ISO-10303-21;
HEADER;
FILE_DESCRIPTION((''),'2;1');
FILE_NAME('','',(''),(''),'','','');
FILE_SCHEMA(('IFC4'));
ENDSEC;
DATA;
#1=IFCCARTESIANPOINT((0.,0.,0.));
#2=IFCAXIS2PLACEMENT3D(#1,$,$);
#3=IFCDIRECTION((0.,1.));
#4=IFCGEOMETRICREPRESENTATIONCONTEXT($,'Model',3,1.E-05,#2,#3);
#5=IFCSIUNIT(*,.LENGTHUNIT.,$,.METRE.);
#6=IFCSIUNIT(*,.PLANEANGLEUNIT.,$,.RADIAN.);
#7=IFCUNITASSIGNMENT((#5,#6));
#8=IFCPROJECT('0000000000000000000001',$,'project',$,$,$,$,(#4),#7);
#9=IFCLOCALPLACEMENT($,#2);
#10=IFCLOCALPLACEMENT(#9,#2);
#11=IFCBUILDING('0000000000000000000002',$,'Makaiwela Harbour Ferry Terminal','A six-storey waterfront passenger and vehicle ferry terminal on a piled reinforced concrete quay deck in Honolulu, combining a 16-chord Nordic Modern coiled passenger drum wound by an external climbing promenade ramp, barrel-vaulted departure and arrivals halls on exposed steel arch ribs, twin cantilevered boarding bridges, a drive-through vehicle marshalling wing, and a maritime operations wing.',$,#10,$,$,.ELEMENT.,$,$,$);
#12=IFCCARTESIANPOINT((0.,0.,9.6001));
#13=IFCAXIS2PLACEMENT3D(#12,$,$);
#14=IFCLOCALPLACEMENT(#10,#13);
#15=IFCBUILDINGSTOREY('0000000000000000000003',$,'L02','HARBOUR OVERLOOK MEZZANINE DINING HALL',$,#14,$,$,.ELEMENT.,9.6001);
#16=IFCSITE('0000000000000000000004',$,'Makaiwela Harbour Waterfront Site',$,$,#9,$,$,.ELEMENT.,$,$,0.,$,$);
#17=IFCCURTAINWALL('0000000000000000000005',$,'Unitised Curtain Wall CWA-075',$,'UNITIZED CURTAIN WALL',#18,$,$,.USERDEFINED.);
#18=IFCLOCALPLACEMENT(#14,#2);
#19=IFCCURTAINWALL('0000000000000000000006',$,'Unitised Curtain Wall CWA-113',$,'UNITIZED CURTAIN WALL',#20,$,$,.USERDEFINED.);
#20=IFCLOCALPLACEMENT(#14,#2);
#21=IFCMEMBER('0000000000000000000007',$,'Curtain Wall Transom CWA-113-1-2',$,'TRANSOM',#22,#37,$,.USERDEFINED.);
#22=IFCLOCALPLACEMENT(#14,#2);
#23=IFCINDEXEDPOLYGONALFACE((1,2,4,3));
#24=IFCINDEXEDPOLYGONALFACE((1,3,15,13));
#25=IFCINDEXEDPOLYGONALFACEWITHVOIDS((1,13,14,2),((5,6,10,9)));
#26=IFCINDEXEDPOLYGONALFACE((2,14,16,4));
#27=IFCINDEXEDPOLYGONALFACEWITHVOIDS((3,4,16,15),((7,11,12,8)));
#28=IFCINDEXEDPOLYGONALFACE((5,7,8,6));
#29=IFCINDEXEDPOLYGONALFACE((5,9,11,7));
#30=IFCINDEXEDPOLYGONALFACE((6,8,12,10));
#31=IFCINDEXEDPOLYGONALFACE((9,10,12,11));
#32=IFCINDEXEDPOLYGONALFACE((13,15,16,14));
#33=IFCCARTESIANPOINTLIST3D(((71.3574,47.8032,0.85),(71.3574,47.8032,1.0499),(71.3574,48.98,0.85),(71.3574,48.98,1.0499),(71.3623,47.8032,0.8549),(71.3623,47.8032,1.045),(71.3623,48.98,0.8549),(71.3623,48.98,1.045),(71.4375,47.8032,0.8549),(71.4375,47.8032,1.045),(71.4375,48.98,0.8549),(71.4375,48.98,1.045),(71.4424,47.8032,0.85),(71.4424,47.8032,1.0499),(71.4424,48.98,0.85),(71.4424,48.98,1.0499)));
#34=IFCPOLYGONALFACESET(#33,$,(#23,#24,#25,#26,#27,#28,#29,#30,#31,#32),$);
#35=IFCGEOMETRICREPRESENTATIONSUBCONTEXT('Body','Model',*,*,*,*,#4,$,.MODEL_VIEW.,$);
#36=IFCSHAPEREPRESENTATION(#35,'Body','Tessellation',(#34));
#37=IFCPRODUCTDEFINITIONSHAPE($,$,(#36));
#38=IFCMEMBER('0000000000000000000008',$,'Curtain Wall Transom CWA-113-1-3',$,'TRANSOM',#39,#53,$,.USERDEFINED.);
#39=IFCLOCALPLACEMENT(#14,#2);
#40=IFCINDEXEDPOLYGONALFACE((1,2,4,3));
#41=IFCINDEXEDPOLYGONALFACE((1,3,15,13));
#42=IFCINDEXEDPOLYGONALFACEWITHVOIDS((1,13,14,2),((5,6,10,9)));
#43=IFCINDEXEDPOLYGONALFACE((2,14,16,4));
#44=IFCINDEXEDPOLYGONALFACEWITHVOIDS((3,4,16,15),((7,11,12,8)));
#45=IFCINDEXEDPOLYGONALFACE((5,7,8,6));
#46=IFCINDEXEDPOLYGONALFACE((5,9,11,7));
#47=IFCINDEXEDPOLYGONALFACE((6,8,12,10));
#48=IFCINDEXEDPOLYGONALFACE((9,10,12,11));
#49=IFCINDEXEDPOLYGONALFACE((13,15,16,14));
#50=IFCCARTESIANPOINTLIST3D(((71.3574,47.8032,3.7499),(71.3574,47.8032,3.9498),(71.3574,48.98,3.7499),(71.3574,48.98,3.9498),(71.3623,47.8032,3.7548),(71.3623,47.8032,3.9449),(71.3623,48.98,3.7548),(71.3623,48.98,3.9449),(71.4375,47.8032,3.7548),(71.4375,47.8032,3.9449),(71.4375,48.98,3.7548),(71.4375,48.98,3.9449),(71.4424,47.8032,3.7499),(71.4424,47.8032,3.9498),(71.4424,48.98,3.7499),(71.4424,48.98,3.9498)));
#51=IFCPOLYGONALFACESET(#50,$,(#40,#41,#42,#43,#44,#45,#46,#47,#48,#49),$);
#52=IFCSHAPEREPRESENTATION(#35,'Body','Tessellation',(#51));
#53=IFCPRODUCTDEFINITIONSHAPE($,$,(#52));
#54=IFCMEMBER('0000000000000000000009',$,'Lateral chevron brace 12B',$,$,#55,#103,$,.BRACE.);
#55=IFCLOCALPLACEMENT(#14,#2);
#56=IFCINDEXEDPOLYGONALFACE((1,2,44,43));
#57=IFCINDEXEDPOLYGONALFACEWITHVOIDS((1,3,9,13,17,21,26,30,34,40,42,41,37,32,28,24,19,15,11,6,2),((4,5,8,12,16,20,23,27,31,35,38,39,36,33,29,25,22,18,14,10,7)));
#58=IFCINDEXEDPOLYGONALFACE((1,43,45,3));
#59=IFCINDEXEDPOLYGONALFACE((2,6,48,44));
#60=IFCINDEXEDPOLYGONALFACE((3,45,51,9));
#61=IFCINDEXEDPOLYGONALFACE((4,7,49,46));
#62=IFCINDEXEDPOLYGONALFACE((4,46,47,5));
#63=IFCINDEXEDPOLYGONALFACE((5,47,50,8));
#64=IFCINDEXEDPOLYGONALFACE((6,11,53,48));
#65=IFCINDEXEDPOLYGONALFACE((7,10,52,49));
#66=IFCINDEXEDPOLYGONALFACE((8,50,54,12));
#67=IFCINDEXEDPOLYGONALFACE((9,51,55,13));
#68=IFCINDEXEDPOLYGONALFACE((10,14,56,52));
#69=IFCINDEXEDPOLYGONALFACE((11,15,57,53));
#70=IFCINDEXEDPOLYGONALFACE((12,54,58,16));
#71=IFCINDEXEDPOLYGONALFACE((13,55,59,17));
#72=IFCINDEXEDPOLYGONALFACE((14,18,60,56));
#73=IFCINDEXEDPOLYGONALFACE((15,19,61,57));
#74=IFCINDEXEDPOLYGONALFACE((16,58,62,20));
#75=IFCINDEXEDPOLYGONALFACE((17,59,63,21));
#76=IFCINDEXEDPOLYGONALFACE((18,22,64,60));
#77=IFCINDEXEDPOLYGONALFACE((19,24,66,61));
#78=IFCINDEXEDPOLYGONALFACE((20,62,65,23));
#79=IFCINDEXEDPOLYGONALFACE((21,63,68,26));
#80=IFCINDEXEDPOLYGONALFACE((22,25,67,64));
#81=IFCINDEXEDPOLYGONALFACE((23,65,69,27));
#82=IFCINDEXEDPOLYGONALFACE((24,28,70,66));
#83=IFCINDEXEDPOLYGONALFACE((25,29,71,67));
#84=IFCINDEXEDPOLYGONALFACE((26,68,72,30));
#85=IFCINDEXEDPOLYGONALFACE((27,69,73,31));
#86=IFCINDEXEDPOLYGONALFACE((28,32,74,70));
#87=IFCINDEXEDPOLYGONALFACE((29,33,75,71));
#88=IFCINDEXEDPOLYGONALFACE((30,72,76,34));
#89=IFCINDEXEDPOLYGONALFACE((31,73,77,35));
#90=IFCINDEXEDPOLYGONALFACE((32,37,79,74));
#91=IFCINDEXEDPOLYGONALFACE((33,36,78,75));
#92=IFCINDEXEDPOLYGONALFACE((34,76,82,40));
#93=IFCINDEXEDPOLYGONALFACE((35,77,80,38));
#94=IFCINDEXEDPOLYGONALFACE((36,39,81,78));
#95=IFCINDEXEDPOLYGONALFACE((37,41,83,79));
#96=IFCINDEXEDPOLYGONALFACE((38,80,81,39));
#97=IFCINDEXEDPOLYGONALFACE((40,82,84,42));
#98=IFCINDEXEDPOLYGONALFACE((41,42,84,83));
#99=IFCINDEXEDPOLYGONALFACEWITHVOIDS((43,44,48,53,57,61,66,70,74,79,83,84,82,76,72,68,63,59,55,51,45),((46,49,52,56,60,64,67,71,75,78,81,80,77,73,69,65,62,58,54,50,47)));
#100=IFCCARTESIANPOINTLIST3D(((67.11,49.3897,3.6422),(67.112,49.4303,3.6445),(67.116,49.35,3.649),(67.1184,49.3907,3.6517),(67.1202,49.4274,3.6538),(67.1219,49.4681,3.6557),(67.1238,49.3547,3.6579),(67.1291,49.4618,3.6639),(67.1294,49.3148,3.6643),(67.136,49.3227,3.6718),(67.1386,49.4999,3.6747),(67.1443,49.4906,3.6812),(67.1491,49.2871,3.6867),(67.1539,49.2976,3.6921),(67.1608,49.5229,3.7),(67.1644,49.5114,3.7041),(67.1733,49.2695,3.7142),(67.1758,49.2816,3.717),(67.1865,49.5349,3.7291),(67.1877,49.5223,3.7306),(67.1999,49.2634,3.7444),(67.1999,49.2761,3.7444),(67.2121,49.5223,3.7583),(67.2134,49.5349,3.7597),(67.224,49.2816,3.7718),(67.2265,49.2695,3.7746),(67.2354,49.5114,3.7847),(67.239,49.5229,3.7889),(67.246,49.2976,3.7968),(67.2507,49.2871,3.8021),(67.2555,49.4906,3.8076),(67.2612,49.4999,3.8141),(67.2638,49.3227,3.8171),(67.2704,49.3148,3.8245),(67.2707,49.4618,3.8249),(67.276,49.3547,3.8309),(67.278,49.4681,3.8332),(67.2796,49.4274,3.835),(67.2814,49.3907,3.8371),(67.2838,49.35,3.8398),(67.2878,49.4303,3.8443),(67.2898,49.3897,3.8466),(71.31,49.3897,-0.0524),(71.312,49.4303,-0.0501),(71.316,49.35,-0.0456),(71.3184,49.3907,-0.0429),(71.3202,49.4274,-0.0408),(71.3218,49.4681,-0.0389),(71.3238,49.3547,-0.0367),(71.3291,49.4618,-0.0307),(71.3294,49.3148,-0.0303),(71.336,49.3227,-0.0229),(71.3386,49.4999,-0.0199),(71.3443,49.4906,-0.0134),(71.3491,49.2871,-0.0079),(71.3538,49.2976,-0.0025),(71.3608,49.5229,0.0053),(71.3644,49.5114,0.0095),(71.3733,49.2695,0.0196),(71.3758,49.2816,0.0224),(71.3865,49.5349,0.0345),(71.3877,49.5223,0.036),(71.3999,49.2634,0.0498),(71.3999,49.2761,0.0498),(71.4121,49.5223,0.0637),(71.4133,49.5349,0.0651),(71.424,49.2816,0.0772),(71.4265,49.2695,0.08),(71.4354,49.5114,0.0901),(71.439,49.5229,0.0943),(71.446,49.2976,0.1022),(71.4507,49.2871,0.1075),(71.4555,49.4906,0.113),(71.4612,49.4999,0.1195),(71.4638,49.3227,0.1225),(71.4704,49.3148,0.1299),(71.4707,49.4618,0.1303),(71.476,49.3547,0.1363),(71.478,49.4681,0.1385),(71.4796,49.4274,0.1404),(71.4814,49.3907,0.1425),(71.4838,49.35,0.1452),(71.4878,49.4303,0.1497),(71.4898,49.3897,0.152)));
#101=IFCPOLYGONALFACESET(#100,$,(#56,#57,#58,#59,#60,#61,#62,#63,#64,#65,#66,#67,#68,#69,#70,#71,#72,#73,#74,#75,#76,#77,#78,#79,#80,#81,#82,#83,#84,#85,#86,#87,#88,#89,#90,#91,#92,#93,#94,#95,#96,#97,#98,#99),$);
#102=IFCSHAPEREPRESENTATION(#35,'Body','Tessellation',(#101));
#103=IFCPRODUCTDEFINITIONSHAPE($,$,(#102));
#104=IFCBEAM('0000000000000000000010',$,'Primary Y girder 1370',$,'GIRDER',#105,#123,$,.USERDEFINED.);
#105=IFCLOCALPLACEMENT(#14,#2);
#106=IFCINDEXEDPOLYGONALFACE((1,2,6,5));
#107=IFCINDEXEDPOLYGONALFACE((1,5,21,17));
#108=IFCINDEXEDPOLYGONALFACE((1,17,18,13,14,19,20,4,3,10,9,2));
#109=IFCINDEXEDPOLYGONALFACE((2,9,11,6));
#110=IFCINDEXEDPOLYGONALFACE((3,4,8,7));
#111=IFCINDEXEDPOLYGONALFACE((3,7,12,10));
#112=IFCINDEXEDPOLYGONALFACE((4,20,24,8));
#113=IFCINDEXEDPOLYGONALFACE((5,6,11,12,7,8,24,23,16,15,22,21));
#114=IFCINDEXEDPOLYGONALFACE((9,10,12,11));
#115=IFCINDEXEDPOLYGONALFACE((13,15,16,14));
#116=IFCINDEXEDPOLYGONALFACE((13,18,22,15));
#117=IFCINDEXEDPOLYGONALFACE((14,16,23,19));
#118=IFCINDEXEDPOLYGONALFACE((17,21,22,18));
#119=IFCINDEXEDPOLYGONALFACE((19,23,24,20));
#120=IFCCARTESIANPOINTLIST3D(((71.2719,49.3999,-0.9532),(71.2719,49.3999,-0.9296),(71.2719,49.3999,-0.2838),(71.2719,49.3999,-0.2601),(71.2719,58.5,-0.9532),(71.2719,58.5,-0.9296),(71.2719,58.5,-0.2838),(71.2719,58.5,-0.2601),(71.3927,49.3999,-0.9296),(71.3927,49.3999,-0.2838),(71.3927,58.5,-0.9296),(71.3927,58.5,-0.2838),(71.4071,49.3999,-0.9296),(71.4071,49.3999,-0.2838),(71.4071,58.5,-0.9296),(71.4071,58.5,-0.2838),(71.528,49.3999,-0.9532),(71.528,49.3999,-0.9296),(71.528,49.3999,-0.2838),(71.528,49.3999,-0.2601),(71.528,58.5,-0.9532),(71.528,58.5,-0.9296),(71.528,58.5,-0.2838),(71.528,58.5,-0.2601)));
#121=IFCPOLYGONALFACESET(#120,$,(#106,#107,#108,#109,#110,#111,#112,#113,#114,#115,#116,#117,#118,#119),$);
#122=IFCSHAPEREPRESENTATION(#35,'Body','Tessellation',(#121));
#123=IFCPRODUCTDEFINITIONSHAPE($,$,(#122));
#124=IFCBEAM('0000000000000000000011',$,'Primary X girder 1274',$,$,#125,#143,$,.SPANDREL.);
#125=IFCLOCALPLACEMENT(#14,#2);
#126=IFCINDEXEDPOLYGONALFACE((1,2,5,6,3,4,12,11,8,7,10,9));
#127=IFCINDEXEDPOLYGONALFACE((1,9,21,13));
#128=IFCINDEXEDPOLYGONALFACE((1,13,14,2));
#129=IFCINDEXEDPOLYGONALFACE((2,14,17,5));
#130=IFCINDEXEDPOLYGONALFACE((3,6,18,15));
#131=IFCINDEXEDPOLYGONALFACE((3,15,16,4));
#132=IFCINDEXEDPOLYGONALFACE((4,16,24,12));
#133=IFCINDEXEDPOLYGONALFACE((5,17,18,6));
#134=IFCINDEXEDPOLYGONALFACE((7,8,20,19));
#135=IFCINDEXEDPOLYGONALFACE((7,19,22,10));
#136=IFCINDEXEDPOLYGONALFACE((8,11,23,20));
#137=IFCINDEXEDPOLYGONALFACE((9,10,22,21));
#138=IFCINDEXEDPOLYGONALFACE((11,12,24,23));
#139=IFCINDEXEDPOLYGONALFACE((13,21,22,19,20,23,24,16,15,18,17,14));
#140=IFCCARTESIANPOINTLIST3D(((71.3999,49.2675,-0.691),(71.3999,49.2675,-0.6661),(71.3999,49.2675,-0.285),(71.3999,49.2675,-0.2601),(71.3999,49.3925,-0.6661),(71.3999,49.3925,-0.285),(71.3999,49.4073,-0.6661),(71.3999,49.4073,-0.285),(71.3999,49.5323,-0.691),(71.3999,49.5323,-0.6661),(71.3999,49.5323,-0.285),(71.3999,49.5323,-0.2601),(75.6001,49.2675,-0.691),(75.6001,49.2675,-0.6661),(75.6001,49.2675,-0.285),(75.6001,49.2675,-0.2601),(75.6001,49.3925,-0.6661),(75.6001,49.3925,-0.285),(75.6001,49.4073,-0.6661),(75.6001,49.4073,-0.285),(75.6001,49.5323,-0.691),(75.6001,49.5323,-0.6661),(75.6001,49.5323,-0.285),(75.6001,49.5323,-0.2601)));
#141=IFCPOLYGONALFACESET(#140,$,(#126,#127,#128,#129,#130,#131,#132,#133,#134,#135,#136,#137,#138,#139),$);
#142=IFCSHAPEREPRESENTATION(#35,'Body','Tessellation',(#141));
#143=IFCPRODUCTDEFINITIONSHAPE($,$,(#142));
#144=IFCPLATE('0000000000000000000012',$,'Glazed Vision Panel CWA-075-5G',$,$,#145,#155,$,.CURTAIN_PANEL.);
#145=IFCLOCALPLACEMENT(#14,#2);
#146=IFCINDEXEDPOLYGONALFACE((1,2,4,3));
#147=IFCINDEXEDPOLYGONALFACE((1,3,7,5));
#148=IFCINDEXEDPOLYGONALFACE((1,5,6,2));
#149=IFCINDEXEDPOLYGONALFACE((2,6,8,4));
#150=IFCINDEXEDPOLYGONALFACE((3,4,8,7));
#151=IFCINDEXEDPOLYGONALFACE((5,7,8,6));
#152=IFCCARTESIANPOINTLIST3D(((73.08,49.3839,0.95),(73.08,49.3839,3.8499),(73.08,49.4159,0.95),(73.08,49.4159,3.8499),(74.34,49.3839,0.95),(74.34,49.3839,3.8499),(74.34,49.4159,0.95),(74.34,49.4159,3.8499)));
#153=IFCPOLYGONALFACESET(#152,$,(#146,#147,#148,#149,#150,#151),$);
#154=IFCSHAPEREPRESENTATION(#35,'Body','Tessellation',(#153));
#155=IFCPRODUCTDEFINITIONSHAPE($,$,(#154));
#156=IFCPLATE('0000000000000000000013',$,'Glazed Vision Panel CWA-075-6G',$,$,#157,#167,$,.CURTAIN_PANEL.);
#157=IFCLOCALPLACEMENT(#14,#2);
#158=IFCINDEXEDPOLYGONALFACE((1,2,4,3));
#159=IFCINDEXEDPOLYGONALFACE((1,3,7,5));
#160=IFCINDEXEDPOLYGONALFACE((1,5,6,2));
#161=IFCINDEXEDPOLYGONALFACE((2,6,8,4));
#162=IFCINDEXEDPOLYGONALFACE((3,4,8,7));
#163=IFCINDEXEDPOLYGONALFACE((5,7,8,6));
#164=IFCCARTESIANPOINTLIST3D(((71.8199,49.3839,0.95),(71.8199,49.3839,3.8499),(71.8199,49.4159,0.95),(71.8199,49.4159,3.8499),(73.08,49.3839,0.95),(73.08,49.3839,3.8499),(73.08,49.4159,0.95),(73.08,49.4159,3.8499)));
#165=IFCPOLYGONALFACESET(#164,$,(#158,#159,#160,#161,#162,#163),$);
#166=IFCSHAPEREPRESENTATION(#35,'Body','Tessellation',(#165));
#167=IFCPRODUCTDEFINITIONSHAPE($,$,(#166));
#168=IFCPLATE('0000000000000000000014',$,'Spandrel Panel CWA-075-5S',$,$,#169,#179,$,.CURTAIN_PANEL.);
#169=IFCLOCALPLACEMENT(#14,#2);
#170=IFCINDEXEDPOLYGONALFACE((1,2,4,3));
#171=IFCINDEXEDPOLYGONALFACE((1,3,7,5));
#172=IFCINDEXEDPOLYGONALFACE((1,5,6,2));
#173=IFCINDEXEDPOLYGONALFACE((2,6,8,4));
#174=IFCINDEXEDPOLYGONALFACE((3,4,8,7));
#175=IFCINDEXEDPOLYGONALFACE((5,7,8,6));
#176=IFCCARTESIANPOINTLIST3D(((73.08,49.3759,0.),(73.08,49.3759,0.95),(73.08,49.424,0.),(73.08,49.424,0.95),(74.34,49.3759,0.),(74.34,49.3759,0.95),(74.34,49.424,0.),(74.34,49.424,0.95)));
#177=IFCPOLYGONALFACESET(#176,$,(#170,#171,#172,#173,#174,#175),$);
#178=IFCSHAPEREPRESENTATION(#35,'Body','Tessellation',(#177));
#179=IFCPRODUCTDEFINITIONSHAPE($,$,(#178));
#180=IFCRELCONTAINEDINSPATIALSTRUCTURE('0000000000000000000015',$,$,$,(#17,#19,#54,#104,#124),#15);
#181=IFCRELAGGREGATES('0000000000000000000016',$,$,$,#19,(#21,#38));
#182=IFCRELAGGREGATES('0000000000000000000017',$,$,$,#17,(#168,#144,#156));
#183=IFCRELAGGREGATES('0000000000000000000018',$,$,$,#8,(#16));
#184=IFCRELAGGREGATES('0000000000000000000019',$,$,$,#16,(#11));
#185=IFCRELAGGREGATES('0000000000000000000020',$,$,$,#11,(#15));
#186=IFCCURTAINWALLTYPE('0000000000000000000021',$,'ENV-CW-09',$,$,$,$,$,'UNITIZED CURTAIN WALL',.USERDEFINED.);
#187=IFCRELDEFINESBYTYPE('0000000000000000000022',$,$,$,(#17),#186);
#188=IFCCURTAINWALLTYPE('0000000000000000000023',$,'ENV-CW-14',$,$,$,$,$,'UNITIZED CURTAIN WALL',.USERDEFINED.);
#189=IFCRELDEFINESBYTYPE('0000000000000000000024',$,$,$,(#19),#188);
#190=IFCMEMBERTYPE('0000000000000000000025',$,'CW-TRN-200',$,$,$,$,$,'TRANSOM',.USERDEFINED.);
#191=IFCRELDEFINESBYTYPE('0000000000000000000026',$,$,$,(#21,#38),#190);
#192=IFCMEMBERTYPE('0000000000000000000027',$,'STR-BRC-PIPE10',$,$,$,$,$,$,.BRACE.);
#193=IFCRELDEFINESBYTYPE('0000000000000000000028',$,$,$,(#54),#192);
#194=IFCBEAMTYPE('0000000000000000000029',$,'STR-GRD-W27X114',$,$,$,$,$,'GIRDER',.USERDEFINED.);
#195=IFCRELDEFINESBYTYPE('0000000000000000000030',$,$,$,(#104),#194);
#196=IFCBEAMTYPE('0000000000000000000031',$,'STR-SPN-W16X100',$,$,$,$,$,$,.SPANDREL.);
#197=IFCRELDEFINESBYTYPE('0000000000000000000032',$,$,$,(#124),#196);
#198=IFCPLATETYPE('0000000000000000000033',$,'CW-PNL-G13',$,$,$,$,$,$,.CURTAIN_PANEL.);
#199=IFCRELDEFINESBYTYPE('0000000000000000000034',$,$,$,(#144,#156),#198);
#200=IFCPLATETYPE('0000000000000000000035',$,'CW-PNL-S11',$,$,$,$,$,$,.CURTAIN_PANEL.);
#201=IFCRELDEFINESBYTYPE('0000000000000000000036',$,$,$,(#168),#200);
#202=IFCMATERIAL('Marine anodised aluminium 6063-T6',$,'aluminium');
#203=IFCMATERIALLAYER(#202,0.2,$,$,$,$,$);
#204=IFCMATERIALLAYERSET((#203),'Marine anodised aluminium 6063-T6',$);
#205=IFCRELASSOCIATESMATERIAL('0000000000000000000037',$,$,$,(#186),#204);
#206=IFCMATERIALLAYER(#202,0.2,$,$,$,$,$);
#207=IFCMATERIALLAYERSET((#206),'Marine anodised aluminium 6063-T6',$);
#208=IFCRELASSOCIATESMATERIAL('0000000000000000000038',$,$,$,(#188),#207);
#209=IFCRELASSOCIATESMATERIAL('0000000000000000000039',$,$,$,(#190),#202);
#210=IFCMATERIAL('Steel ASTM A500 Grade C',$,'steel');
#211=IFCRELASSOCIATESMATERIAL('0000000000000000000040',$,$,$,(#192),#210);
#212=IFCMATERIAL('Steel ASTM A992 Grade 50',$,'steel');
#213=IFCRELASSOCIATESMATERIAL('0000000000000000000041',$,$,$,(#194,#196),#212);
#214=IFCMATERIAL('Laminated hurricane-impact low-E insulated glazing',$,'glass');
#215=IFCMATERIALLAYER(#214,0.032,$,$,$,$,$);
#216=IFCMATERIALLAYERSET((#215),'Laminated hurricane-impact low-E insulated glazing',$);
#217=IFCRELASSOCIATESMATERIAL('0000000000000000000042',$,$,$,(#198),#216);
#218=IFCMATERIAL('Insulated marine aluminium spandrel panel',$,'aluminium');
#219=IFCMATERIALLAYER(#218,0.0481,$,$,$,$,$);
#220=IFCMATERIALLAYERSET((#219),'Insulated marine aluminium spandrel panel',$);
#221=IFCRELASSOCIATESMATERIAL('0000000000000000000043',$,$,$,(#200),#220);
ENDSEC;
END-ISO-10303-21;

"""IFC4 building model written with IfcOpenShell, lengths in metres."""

from ifc_helpers import new_model, si_unit, direction, frame, origin, origin_2d, place, context, subcontext, project, spatial, rectangle, hollow_rectangle, hollow_circle, i_section, extrude, material, layer, layer_set, material_profile, profile_set, type_object, element, aggregate, save


model = new_model("IFC4")

# Units and contexts
model_context = context("Model", 3, precision=1e-05, world=origin(), true_north=direction((0.0, 1.0)))
body_context = subcontext(model_context, "Body", "Model", "MODEL_VIEW")
ifc_project = project(units=[si_unit("LENGTHUNIT", "METRE"), si_unit("PLANEANGLEUNIT", "RADIAN")], contexts=[model_context])

# Site, building, storey
site_placement = place(None, origin())
site = spatial("IfcSite", under=ifc_project, at=site_placement, Name="Makaiwela Harbour Waterfront Site", CompositionType="ELEMENT", RefElevation=0.0)
building_placement = place(site_placement, origin())
building = spatial("IfcBuilding", under=site, at=building_placement, Name="Makaiwela Harbour Ferry Terminal", Description="A six-storey waterfront passenger and vehicle ferry terminal on a piled reinforced concrete quay deck in Honolulu, combining a 16-chord Nordic Modern coiled passenger drum wound by an external climbing promenade ramp, barrel-vaulted departure and arrivals halls on exposed steel arch ribs, twin cantilevered boarding bridges, a drive-through vehicle marshalling wing, and a maritime operations wing.", CompositionType="ELEMENT")
storey_placement = place(building_placement, frame((0.0, 0.0, 9.6001)))
storey = spatial("IfcBuildingStorey", under=building, at=storey_placement, Name="L02", Description="HARBOUR OVERLOOK MEZZANINE DINING HALL", CompositionType="ELEMENT", Elevation=9.6001)

# Shared definitions
ifc_material_1 = material(Name="Steel ASTM A992 Grade 50", Category="steel")

# Curtain wall
ifc_material_2 = material(Name="Marine anodised aluminium 6063-T6", Category="aluminium")
ifc_layer_1 = layer(ifc_material_2, 0.2)
ifc_layer_set_1 = layer_set([ifc_layer_1], Name="Marine anodised aluminium 6063-T6")
curtain_wall_type_1 = type_object("IfcCurtainWallType", Name="ENV-CW-09", ElementType="UNITIZED CURTAIN WALL", PredefinedType="USERDEFINED", material=ifc_layer_set_1)
curtain_wall_1_placement = place(storey_placement, origin())
curtain_wall_1 = element("IfcCurtainWall", 1, at=curtain_wall_1_placement, inside=storey, type_object=curtain_wall_type_1, Name="Unitised Curtain Wall CWA-075", ObjectType="UNITIZED CURTAIN WALL", PredefinedType="USERDEFINED")

# Curtain wall
ifc_layer_2 = layer(ifc_material_2, 0.2)
ifc_layer_set_2 = layer_set([ifc_layer_2], Name="Marine anodised aluminium 6063-T6")
curtain_wall_type_2 = type_object("IfcCurtainWallType", Name="ENV-CW-14", ElementType="UNITIZED CURTAIN WALL", PredefinedType="USERDEFINED", material=ifc_layer_set_2)
curtain_wall_2_placement = place(storey_placement, origin())
curtain_wall_2 = element("IfcCurtainWall", 2, at=curtain_wall_2_placement, inside=storey, type_object=curtain_wall_type_2, Name="Unitised Curtain Wall CWA-113", ObjectType="UNITIZED CURTAIN WALL", PredefinedType="USERDEFINED")

# Members
ifc_material_profile_1 = material_profile(ifc_material_2, hollow_rectangle(XDim=0.085, YDim=0.2, WallThickness=0.0049, at=origin_2d()), Name="CWT-200X85")
ifc_profile_set_1 = profile_set([ifc_material_profile_1], Name="Marine anodised aluminium 6063-T6")
member_type_1 = type_object("IfcMemberType", Name="CW-TRN-200", ElementType="TRANSOM", PredefinedType="USERDEFINED", material=ifc_profile_set_1)
member_1_placement = place(storey_placement, frame((71.3999, 48.98, 0.95), z_axis=(0.0, -1.0, 0.0), x_axis=(1.0, 0.0, 0.0)))
member_1 = element("IfcMember", 3, at=member_1_placement, type_object=member_type_1, Name="Curtain Wall Transom CWA-113-1-2", ObjectType="TRANSOM", PredefinedType="USERDEFINED", context=body_context, shape_type="SweptSolid", body=[
    extrude(hollow_rectangle(XDim=0.085, YDim=0.2, WallThickness=0.0049, at=origin_2d()), origin(), (0.0, 0.0, 1.0), 1.1768),
])
member_2_placement = place(storey_placement, frame((71.3999, 48.98, 3.8499), z_axis=(0.0, -1.0, 0.0), x_axis=(1.0, 0.0, 0.0)))
member_2 = element("IfcMember", 4, at=member_2_placement, type_object=member_type_1, Name="Curtain Wall Transom CWA-113-1-3", ObjectType="TRANSOM", PredefinedType="USERDEFINED", context=body_context, shape_type="SweptSolid", body=[
    extrude(hollow_rectangle(XDim=0.085, YDim=0.2, WallThickness=0.0049, at=origin_2d()), origin(), (0.0, 0.0, 1.0), 1.1768),
])
aggregate(curtain_wall_2, [member_1, member_2])
ifc_material_3 = material(Name="Steel ASTM A500 Grade C", Category="steel")
ifc_material_profile_2 = material_profile(ifc_material_3, hollow_circle(Radius=0.1365, WallThickness=0.0127, at=origin_2d()), Name="PIPE10XS")
ifc_profile_set_2 = profile_set([ifc_material_profile_2], Name="Steel ASTM A500 Grade C")
member_type_2 = type_object("IfcMemberType", Name="STR-BRC-PIPE10", PredefinedType="BRACE", material=ifc_profile_set_2)
member_3_placement = place(storey_placement, frame((71.3999, 49.3999, 0.0498), z_axis=(-0.750836, 0.0, 0.660489), x_axis=(0.0, -1.0, 0.0)))
element("IfcMember", 5, at=member_3_placement, inside=storey, type_object=member_type_2, Name="Lateral chevron brace 12B", PredefinedType="BRACE", context=body_context, shape_type="SweptSolid", body=[
    extrude(hollow_circle(Radius=0.1365, WallThickness=0.0127, at=origin_2d()), origin(), (0.0, 0.0, 1.0), 5.5938),
])

# Beams
ifc_material_profile_3 = material_profile(ifc_material_1, i_section(OverallWidth=0.2561, OverallDepth=0.6931, WebThickness=0.0144, FlangeThickness=0.0237, at=origin_2d()), Name="W27X114")
ifc_profile_set_3 = profile_set([ifc_material_profile_3], Name="Steel ASTM A992 Grade 50")
beam_type_1 = type_object("IfcBeamType", Name="STR-GRD-W27X114", ElementType="GIRDER", PredefinedType="USERDEFINED", material=ifc_profile_set_3)
beam_1_placement = place(storey_placement, frame((71.3999, 49.3999, -0.6067), z_axis=(0.0, 1.0, 0.0), x_axis=(-1.0, 0.0, 0.0)))
element("IfcBeam", 6, at=beam_1_placement, inside=storey, type_object=beam_type_1, Name="Primary Y girder 1370", ObjectType="GIRDER", PredefinedType="USERDEFINED", context=body_context, shape_type="SweptSolid", body=[
    extrude(i_section(OverallWidth=0.2561, OverallDepth=0.6931, WebThickness=0.0144, FlangeThickness=0.0237, at=origin_2d()), origin(), (0.0, 0.0, 1.0), 9.1001),
])
ifc_material_profile_4 = material_profile(ifc_material_1, i_section(OverallWidth=0.2649, OverallDepth=0.4309, WebThickness=0.0149, FlangeThickness=0.0249, at=origin_2d()), Name="W16X100")
ifc_profile_set_4 = profile_set([ifc_material_profile_4], Name="Steel ASTM A992 Grade 50")
beam_type_2 = type_object("IfcBeamType", Name="STR-SPN-W16X100", PredefinedType="SPANDREL", material=ifc_profile_set_4)
beam_2_placement = place(storey_placement, frame((71.3999, 49.3999, -0.4756), z_axis=(1.0, 0.0, 0.0), x_axis=(0.0, 1.0, 0.0)))
element("IfcBeam", 7, at=beam_2_placement, inside=storey, type_object=beam_type_2, Name="Primary X girder 1274", PredefinedType="SPANDREL", context=body_context, shape_type="SweptSolid", body=[
    extrude(i_section(OverallWidth=0.2649, OverallDepth=0.4309, WebThickness=0.0149, FlangeThickness=0.0249, at=origin_2d()), origin(), (0.0, 0.0, 1.0), 4.2002),
])

# Plates
ifc_material_4 = material(Name="Laminated hurricane-impact low-E insulated glazing", Category="glass")
ifc_layer_3 = layer(ifc_material_4, 0.032)
ifc_layer_set_3 = layer_set([ifc_layer_3], Name="Laminated hurricane-impact low-E insulated glazing")
plate_type_1 = type_object("IfcPlateType", Name="CW-PNL-G13", PredefinedType="CURTAIN_PANEL", material=ifc_layer_set_3)
plate_1_placement = place(storey_placement, frame((73.71, 49.3999, 0.95), z_axis=(0.0, 0.0, 1.0), x_axis=(-1.0, 0.0, 0.0)))
plate_1 = element("IfcPlate", 8, at=plate_1_placement, type_object=plate_type_1, Name="Glazed Vision Panel CWA-075-5G", PredefinedType="CURTAIN_PANEL", context=body_context, shape_type="SweptSolid", body=[
    extrude(rectangle(XDim=1.26, YDim=0.032, at=origin_2d()), origin(), (0.0, 0.0, 1.0), 2.8999),
])
plate_2_placement = place(storey_placement, frame((72.45, 49.3999, 0.95), z_axis=(0.0, 0.0, 1.0), x_axis=(-1.0, 0.0, 0.0)))
plate_2 = element("IfcPlate", 9, at=plate_2_placement, type_object=plate_type_1, Name="Glazed Vision Panel CWA-075-6G", PredefinedType="CURTAIN_PANEL", context=body_context, shape_type="SweptSolid", body=[
    extrude(rectangle(XDim=1.26, YDim=0.032, at=origin_2d()), origin(), (0.0, 0.0, 1.0), 2.8999),
])
ifc_material_5 = material(Name="Insulated marine aluminium spandrel panel", Category="aluminium")
ifc_layer_4 = layer(ifc_material_5, 0.0481)
ifc_layer_set_4 = layer_set([ifc_layer_4], Name="Insulated marine aluminium spandrel panel")
plate_type_2 = type_object("IfcPlateType", Name="CW-PNL-S11", PredefinedType="CURTAIN_PANEL", material=ifc_layer_set_4)
plate_3_placement = place(storey_placement, frame((73.71, 49.3999, 0.0), z_axis=(0.0, 0.0, 1.0), x_axis=(-1.0, 0.0, 0.0)))
plate_3 = element("IfcPlate", 10, at=plate_3_placement, type_object=plate_type_2, Name="Spandrel Panel CWA-075-5S", PredefinedType="CURTAIN_PANEL", context=body_context, shape_type="SweptSolid", body=[
    extrude(rectangle(XDim=1.26, YDim=0.0481, at=origin_2d()), origin(), (0.0, 0.0, 1.0), 0.95),
])
aggregate(curtain_wall_1, [plate_3, plate_1, plate_2])

save(model, "model.ifc")
